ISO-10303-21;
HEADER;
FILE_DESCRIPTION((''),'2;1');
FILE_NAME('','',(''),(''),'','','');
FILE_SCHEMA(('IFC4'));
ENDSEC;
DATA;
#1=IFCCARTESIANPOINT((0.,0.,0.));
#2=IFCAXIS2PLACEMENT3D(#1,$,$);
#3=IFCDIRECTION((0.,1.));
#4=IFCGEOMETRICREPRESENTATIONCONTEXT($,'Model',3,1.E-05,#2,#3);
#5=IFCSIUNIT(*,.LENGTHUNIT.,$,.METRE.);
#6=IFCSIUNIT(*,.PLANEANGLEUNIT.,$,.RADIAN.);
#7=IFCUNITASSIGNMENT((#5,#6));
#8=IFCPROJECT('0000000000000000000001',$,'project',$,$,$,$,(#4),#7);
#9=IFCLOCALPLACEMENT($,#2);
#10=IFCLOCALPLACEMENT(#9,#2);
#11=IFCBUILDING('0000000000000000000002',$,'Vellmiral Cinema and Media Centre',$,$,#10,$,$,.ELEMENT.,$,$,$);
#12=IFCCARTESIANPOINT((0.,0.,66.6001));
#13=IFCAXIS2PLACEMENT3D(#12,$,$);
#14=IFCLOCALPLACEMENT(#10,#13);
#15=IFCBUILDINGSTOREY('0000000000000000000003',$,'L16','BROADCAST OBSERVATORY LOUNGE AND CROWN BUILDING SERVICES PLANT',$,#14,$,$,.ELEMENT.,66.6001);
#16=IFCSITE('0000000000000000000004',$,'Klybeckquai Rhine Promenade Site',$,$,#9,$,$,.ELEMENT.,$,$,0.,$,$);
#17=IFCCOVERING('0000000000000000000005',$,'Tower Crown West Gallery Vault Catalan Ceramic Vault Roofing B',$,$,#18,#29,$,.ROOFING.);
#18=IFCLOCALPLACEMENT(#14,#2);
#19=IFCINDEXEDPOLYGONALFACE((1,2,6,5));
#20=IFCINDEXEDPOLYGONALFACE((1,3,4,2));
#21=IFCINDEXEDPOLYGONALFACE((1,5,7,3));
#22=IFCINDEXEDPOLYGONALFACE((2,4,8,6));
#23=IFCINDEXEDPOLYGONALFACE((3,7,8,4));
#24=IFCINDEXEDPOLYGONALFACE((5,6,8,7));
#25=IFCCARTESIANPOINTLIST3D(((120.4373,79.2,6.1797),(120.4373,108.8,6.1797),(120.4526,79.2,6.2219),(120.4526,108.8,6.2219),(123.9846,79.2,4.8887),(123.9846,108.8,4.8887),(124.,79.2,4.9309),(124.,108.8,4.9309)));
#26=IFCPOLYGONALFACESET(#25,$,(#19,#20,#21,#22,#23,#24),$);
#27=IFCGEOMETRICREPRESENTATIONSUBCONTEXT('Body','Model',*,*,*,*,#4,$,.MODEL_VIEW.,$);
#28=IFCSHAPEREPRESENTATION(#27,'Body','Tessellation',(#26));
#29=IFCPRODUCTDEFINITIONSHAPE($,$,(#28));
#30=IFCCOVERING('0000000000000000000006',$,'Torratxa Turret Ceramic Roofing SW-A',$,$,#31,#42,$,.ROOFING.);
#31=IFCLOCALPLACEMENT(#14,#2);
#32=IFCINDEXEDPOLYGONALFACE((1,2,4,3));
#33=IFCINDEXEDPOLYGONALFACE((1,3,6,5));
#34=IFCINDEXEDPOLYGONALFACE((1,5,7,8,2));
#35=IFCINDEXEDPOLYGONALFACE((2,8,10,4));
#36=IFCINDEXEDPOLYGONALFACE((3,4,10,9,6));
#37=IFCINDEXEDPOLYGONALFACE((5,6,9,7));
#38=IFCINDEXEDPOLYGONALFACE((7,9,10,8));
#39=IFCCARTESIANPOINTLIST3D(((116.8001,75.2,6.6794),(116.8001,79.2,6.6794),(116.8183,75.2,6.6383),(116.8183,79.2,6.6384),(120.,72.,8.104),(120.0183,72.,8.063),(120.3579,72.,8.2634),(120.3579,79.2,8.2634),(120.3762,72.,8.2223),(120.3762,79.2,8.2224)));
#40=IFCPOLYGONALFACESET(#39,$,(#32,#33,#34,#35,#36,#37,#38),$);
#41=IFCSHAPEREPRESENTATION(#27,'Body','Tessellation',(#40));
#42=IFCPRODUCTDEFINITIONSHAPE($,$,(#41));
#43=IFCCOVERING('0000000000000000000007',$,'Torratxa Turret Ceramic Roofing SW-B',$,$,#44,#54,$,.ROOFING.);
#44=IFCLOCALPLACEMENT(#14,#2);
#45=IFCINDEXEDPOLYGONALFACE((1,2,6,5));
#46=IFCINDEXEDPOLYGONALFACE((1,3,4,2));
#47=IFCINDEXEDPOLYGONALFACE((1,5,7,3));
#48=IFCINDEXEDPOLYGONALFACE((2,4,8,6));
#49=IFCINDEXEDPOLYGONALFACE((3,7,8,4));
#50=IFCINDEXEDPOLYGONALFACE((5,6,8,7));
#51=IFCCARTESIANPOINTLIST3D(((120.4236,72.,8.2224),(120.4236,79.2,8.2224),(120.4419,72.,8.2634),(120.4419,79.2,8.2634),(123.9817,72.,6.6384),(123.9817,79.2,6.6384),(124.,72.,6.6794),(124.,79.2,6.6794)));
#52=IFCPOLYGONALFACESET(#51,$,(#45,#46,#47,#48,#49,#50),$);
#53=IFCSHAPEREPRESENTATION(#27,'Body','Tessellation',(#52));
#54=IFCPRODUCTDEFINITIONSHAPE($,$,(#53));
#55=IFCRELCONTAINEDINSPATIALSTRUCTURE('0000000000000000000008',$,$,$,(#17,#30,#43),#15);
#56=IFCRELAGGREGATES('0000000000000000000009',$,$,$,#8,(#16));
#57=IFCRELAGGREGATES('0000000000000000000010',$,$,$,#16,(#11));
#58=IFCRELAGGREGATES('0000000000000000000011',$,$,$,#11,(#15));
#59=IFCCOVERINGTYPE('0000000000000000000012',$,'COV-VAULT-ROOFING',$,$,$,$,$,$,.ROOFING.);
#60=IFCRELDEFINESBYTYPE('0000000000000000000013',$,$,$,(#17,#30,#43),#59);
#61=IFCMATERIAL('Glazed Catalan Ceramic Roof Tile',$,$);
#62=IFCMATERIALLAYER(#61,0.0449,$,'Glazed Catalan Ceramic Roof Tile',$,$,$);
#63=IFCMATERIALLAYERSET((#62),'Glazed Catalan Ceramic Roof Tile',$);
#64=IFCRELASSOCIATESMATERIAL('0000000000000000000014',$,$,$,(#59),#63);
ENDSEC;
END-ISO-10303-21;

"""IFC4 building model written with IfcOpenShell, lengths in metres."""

from ifc_helpers import new_model, si_unit, direction, frame, origin, place, context, subcontext, project, spatial, polyline, outline, extrude, material, layer, layer_set, type_object, element, save


model = new_model("IFC4")

# Units and contexts
model_context = context("Model", 3, precision=1e-05, world=origin(), true_north=direction((0.0, 1.0)))
body_context = subcontext(model_context, "Body", "Model", "MODEL_VIEW")
ifc_project = project(units=[si_unit("LENGTHUNIT", "METRE"), si_unit("PLANEANGLEUNIT", "RADIAN")], contexts=[model_context])

# Site, building, storey
site_placement = place(None, origin())
site = spatial("IfcSite", under=ifc_project, at=site_placement, Name="Klybeckquai Rhine Promenade Site", CompositionType="ELEMENT", RefElevation=0.0)
building_placement = place(site_placement, origin())
building = spatial("IfcBuilding", under=site, at=building_placement, Name="Vellmiral Cinema and Media Centre", CompositionType="ELEMENT")
storey_placement = place(building_placement, frame((0.0, 0.0, 66.6001)))
storey = spatial("IfcBuildingStorey", under=building, at=storey_placement, Name="L16", Description="BROADCAST OBSERVATORY LOUNGE AND CROWN BUILDING SERVICES PLANT", CompositionType="ELEMENT", Elevation=66.6001)

# Coverings
ifc_material_1 = material(Name="Glazed Catalan Ceramic Roof Tile")
ifc_layer_1 = layer(ifc_material_1, 0.0449, Name="Glazed Catalan Ceramic Roof Tile")
ifc_layer_set_1 = layer_set([ifc_layer_1], Name="Glazed Catalan Ceramic Roof Tile")
covering_type = type_object("IfcCoveringType", Name="COV-VAULT-ROOFING", PredefinedType="ROOFING", material=ifc_layer_set_1)
covering_1_placement = place(storey_placement, frame((120.4526, 79.2, 6.2219), z_axis=(0.341992, 0.0, 0.939703), x_axis=(0.939703, 0.0, -0.341992)))
element("IfcCovering", 1, at=covering_1_placement, inside=storey, type_object=covering_type, Name="Tower Crown West Gallery Vault Catalan Ceramic Vault Roofing B", PredefinedType="ROOFING", context=body_context, shape_type="SweptSolid", body=[
    extrude(outline(polyline([(0.0, 0.0), (3.775, 0.0), (3.775, 29.6001), (0.0, 29.6001), (0.0, 0.0)])), origin(), (0.0, 0.0, -1.0), 0.0449),
])
covering_2_placement = place(storey_placement, frame((120.0, 72.0, 8.104), z_axis=(-0.406725, -0.000006, 0.913551), x_axis=(0.913551, 0.0, 0.406725)))
element("IfcCovering", 2, at=covering_2_placement, inside=storey, type_object=covering_type, Name="Torratxa Turret Ceramic Roofing SW-A", PredefinedType="ROOFING", context=body_context, shape_type="SweptSolid", body=[
    extrude(outline(polyline([(0.0, 0.0), (0.3918, 0.0), (0.3918, 7.2), (-3.5027, 7.2), (-3.5027, 3.2), (0.0, 0.0)])), origin(), (0.0, 0.0, -1.0), 0.0449),
])
covering_3_placement = place(storey_placement, frame((120.4419, 72.0, 8.2634), z_axis=(0.406697, 0.0, 0.913563), x_axis=(0.913563, 0.0, -0.406697)))
element("IfcCovering", 3, at=covering_3_placement, inside=storey, type_object=covering_type, Name="Torratxa Turret Ceramic Roofing SW-B", PredefinedType="ROOFING", context=body_context, shape_type="SweptSolid", body=[
    extrude(outline(polyline([(0.0, 0.0), (3.8948, 0.0), (3.8948, 7.2), (0.0, 7.2), (0.0, 0.0)])), origin(), (0.0, 0.0, -1.0), 0.0449),
])

save(model, "model.ifc")
